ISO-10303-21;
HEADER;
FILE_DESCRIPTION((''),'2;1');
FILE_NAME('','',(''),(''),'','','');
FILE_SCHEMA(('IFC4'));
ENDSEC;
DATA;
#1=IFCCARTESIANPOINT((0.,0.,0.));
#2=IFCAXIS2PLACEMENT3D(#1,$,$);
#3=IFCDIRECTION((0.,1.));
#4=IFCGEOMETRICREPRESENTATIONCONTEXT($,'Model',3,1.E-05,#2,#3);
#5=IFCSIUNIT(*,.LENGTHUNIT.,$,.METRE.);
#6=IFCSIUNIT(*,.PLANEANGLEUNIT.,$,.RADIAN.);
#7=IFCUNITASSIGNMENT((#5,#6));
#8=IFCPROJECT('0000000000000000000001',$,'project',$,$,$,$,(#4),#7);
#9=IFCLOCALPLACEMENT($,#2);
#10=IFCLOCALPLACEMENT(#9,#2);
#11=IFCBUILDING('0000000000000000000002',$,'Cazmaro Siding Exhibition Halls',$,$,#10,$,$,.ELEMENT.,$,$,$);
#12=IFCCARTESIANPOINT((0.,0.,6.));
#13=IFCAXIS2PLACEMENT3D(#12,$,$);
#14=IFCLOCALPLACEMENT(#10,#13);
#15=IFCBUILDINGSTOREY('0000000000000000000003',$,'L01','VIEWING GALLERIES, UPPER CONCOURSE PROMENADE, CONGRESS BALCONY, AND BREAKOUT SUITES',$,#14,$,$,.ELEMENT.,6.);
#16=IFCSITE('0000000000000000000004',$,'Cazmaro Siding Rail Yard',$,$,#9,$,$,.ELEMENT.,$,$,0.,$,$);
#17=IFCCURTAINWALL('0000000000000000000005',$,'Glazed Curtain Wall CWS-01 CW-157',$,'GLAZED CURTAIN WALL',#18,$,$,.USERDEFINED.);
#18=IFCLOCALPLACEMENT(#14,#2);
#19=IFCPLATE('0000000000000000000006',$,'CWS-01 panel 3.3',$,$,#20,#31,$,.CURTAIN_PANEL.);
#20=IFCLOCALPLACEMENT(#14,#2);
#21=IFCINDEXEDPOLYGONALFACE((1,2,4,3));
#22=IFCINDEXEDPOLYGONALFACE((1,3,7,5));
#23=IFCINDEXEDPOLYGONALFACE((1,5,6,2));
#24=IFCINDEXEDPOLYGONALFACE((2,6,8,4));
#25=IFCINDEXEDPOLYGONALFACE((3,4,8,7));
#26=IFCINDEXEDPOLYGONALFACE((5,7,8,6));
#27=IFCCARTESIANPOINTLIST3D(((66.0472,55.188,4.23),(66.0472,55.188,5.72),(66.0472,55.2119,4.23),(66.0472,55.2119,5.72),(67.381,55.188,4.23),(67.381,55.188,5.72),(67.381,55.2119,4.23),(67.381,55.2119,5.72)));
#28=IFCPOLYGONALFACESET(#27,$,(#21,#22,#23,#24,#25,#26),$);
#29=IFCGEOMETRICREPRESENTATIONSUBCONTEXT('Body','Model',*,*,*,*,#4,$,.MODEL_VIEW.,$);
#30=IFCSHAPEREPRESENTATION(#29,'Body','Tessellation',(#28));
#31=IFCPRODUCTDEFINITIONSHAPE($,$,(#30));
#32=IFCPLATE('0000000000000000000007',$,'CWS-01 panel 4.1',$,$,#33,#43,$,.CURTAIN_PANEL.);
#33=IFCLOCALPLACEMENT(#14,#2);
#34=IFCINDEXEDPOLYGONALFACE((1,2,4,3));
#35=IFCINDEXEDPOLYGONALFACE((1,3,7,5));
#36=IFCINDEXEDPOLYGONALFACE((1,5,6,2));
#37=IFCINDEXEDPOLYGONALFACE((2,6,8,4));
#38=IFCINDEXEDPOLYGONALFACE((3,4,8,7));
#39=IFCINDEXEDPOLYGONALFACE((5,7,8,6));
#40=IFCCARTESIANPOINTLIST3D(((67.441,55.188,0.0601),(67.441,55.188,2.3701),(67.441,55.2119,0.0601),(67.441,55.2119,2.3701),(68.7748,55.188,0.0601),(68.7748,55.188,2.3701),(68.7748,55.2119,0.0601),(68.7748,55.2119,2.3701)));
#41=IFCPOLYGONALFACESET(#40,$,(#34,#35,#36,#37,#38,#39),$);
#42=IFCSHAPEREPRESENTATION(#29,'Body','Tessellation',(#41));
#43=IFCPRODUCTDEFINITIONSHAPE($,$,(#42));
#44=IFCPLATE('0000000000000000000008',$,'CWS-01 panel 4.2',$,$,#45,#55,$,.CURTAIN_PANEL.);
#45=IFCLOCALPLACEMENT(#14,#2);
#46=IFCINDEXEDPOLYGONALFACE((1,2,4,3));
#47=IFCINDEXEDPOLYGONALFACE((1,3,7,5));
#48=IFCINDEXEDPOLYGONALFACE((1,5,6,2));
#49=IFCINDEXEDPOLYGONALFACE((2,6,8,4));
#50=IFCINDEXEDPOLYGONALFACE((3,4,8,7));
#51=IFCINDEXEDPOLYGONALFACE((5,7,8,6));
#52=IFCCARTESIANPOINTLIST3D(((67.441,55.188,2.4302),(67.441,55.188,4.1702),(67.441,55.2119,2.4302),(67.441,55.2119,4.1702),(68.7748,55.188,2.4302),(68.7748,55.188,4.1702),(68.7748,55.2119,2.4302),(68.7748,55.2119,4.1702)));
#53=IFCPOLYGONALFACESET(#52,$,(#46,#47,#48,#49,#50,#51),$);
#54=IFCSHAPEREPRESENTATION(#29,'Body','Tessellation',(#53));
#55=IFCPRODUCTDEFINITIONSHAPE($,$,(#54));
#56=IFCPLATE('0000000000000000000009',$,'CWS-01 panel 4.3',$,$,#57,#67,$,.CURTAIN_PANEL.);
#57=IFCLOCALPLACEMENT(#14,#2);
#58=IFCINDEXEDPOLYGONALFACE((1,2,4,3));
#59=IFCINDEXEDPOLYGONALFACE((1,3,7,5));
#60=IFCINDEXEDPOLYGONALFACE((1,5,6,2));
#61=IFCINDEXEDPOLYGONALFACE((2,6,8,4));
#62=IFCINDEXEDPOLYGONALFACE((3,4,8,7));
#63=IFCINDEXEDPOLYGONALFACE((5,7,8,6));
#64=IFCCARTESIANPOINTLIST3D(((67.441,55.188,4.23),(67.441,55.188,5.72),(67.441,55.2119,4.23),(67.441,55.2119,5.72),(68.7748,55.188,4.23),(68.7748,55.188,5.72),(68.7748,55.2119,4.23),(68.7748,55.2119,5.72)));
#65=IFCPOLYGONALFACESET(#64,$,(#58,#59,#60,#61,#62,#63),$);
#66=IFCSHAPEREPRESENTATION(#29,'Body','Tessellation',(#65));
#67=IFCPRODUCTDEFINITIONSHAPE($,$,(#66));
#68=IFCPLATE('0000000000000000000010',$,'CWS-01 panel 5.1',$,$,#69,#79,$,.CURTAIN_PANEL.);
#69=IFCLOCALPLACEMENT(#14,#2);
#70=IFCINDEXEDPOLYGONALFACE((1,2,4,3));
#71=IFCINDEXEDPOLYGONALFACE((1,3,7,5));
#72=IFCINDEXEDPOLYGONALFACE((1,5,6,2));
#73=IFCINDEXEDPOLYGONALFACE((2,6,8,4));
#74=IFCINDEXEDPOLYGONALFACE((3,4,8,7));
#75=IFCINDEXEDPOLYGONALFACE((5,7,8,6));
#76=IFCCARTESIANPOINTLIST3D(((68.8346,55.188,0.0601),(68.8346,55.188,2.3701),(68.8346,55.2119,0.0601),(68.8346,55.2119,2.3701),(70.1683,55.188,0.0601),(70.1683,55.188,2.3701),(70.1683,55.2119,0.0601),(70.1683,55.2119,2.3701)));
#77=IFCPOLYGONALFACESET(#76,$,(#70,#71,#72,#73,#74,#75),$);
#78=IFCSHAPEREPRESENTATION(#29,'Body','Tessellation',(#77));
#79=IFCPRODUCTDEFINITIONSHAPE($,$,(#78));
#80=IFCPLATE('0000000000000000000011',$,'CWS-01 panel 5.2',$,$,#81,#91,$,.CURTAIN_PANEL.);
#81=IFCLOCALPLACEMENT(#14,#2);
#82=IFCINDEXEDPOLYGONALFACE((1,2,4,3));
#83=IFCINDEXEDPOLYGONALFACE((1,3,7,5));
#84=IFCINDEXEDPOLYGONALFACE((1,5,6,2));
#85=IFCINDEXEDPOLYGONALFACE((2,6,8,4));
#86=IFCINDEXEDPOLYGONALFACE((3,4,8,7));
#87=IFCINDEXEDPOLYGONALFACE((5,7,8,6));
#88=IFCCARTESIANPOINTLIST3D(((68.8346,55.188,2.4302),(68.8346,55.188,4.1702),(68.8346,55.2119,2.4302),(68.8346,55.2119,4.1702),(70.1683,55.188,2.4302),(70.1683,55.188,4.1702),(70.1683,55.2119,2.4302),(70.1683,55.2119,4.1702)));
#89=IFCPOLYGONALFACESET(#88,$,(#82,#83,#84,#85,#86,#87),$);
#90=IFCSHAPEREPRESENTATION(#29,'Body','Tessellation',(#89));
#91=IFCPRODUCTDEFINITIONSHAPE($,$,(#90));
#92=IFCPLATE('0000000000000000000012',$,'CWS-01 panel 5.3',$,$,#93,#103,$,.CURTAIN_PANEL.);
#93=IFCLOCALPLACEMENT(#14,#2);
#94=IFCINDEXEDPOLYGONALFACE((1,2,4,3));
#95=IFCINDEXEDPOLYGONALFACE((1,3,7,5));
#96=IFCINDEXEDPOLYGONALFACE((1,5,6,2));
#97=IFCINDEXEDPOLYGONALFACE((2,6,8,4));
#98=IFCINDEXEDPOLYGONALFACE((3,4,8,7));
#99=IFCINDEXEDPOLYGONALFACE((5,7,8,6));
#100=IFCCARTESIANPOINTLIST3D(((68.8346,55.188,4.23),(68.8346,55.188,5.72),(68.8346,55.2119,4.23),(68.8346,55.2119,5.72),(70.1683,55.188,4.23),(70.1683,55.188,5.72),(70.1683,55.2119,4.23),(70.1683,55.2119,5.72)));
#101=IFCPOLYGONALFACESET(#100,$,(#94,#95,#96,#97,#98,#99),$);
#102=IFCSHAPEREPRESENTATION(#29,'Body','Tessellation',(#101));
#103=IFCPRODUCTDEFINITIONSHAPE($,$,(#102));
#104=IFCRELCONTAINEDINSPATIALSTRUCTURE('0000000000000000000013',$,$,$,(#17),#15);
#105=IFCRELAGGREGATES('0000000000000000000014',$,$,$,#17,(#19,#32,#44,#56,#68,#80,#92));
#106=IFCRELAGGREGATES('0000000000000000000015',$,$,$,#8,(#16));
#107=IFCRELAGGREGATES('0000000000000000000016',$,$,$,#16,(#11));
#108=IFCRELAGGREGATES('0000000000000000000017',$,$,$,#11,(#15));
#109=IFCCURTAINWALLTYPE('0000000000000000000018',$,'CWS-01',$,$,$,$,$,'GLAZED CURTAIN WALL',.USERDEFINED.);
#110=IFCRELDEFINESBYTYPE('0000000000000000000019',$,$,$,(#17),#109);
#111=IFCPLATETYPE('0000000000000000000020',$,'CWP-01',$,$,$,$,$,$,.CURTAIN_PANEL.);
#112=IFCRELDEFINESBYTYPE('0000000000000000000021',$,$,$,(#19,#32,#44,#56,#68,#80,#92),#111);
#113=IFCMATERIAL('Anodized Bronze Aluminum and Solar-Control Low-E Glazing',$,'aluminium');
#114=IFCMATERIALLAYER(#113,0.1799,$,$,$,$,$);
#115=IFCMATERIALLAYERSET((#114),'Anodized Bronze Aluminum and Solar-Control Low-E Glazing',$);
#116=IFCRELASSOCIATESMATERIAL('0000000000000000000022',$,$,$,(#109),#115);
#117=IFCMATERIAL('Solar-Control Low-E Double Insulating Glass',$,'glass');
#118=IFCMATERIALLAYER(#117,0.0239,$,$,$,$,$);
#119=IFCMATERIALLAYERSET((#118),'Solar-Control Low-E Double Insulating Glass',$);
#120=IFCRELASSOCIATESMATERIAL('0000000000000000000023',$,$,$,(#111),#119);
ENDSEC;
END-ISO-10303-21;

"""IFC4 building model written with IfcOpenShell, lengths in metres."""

from ifc_helpers import new_model, si_unit, direction, frame, origin, origin_2d, place, context, subcontext, project, spatial, rectangle, extrude, material, layer, layer_set, type_object, element, aggregate, save


model = new_model("IFC4")

# Units and contexts
model_context = context("Model", 3, precision=1e-05, world=origin(), true_north=direction((0.0, 1.0)))
body_context = subcontext(model_context, "Body", "Model", "MODEL_VIEW")
ifc_project = project(units=[si_unit("LENGTHUNIT", "METRE"), si_unit("PLANEANGLEUNIT", "RADIAN")], contexts=[model_context])

# Site, building, storey
site_placement = place(None, origin())
site = spatial("IfcSite", under=ifc_project, at=site_placement, Name="Cazmaro Siding Rail Yard", CompositionType="ELEMENT", RefElevation=0.0)
building_placement = place(site_placement, origin())
building = spatial("IfcBuilding", under=site, at=building_placement, Name="Cazmaro Siding Exhibition Halls", CompositionType="ELEMENT")
storey_placement = place(building_placement, frame((0.0, 0.0, 6.0)))
storey = spatial("IfcBuildingStorey", under=building, at=storey_placement, Name="L01", Description="VIEWING GALLERIES, UPPER CONCOURSE PROMENADE, CONGRESS BALCONY, AND BREAKOUT SUITES", CompositionType="ELEMENT", Elevation=6.0)

# Curtain wall, plates
ifc_material_1 = material(Name="Anodized Bronze Aluminum and Solar-Control Low-E Glazing", Category="aluminium")
ifc_layer_1 = layer(ifc_material_1, 0.1799)
ifc_layer_set_1 = layer_set([ifc_layer_1], Name="Anodized Bronze Aluminum and Solar-Control Low-E Glazing")
curtain_wall_type = type_object("IfcCurtainWallType", Name="CWS-01", ElementType="GLAZED CURTAIN WALL", PredefinedType="USERDEFINED", material=ifc_layer_set_1)
curtain_wall_placement = place(storey_placement, origin())
curtain_wall = element("IfcCurtainWall", 1, at=curtain_wall_placement, inside=storey, type_object=curtain_wall_type, Name="Glazed Curtain Wall CWS-01 CW-157", ObjectType="GLAZED CURTAIN WALL", PredefinedType="USERDEFINED")
ifc_material_2 = material(Name="Solar-Control Low-E Double Insulating Glass", Category="glass")
ifc_layer_2 = layer(ifc_material_2, 0.0239)
ifc_layer_set_2 = layer_set([ifc_layer_2], Name="Solar-Control Low-E Double Insulating Glass")
plate_type = type_object("IfcPlateType", Name="CWP-01", PredefinedType="CURTAIN_PANEL", material=ifc_layer_set_2)
plate_1_placement = place(storey_placement, frame((66.7141, 55.2, 4.23), z_axis=(0.0, 0.0, 1.0), x_axis=(1.0, 0.0, 0.0)))
plate_1 = element("IfcPlate", 2, at=plate_1_placement, type_object=plate_type, Name="CWS-01 panel 3.3", PredefinedType="CURTAIN_PANEL", context=body_context, shape_type="SweptSolid", body=[
    extrude(rectangle(XDim=1.3337, YDim=0.0239, at=origin_2d()), origin(), (0.0, 0.0, 1.0), 1.49),
])
plate_2_placement = place(storey_placement, frame((68.1079, 55.2, 0.0601), z_axis=(0.0, 0.0, 1.0), x_axis=(1.0, 0.0, 0.0)))
plate_2 = element("IfcPlate", 3, at=plate_2_placement, type_object=plate_type, Name="CWS-01 panel 4.1", PredefinedType="CURTAIN_PANEL", context=body_context, shape_type="SweptSolid", body=[
    extrude(rectangle(XDim=1.3337, YDim=0.0239, at=origin_2d()), origin(), (0.0, 0.0, 1.0), 2.3101),
])
plate_3_placement = place(storey_placement, frame((68.1079, 55.2, 2.4302), z_axis=(0.0, 0.0, 1.0), x_axis=(1.0, 0.0, 0.0)))
plate_3 = element("IfcPlate", 4, at=plate_3_placement, type_object=plate_type, Name="CWS-01 panel 4.2", PredefinedType="CURTAIN_PANEL", context=body_context, shape_type="SweptSolid", body=[
    extrude(rectangle(XDim=1.3337, YDim=0.0239, at=origin_2d()), origin(), (0.0, 0.0, 1.0), 1.74),
])
plate_4_placement = place(storey_placement, frame((68.1079, 55.2, 4.23), z_axis=(0.0, 0.0, 1.0), x_axis=(1.0, 0.0, 0.0)))
plate_4 = element("IfcPlate", 5, at=plate_4_placement, type_object=plate_type, Name="CWS-01 panel 4.3", PredefinedType="CURTAIN_PANEL", context=body_context, shape_type="SweptSolid", body=[
    extrude(rectangle(XDim=1.3337, YDim=0.0239, at=origin_2d()), origin(), (0.0, 0.0, 1.0), 1.49),
])
plate_5_placement = place(storey_placement, frame((69.5015, 55.2, 0.0601), z_axis=(0.0, 0.0, 1.0), x_axis=(1.0, 0.0, 0.0)))
plate_5 = element("IfcPlate", 6, at=plate_5_placement, type_object=plate_type, Name="CWS-01 panel 5.1", PredefinedType="CURTAIN_PANEL", context=body_context, shape_type="SweptSolid", body=[
    extrude(rectangle(XDim=1.3337, YDim=0.0239, at=origin_2d()), origin(), (0.0, 0.0, 1.0), 2.3101),
])
plate_6_placement = place(storey_placement, frame((69.5015, 55.2, 2.4302), z_axis=(0.0, 0.0, 1.0), x_axis=(1.0, 0.0, 0.0)))
plate_6 = element("IfcPlate", 7, at=plate_6_placement, type_object=plate_type, Name="CWS-01 panel 5.2", PredefinedType="CURTAIN_PANEL", context=body_context, shape_type="SweptSolid", body=[
    extrude(rectangle(XDim=1.3337, YDim=0.0239, at=origin_2d()), origin(), (0.0, 0.0, 1.0), 1.74),
])
plate_7_placement = place(storey_placement, frame((69.5015, 55.2, 4.23), z_axis=(0.0, 0.0, 1.0), x_axis=(1.0, 0.0, 0.0)))
plate_7 = element("IfcPlate", 8, at=plate_7_placement, type_object=plate_type, Name="CWS-01 panel 5.3", PredefinedType="CURTAIN_PANEL", context=body_context, shape_type="SweptSolid", body=[
    extrude(rectangle(XDim=1.3337, YDim=0.0239, at=origin_2d()), origin(), (0.0, 0.0, 1.0), 1.49),
])
aggregate(curtain_wall, [plate_1, plate_2, plate_3, plate_4, plate_5, plate_6, plate_7])

save(model, "model.ifc")
